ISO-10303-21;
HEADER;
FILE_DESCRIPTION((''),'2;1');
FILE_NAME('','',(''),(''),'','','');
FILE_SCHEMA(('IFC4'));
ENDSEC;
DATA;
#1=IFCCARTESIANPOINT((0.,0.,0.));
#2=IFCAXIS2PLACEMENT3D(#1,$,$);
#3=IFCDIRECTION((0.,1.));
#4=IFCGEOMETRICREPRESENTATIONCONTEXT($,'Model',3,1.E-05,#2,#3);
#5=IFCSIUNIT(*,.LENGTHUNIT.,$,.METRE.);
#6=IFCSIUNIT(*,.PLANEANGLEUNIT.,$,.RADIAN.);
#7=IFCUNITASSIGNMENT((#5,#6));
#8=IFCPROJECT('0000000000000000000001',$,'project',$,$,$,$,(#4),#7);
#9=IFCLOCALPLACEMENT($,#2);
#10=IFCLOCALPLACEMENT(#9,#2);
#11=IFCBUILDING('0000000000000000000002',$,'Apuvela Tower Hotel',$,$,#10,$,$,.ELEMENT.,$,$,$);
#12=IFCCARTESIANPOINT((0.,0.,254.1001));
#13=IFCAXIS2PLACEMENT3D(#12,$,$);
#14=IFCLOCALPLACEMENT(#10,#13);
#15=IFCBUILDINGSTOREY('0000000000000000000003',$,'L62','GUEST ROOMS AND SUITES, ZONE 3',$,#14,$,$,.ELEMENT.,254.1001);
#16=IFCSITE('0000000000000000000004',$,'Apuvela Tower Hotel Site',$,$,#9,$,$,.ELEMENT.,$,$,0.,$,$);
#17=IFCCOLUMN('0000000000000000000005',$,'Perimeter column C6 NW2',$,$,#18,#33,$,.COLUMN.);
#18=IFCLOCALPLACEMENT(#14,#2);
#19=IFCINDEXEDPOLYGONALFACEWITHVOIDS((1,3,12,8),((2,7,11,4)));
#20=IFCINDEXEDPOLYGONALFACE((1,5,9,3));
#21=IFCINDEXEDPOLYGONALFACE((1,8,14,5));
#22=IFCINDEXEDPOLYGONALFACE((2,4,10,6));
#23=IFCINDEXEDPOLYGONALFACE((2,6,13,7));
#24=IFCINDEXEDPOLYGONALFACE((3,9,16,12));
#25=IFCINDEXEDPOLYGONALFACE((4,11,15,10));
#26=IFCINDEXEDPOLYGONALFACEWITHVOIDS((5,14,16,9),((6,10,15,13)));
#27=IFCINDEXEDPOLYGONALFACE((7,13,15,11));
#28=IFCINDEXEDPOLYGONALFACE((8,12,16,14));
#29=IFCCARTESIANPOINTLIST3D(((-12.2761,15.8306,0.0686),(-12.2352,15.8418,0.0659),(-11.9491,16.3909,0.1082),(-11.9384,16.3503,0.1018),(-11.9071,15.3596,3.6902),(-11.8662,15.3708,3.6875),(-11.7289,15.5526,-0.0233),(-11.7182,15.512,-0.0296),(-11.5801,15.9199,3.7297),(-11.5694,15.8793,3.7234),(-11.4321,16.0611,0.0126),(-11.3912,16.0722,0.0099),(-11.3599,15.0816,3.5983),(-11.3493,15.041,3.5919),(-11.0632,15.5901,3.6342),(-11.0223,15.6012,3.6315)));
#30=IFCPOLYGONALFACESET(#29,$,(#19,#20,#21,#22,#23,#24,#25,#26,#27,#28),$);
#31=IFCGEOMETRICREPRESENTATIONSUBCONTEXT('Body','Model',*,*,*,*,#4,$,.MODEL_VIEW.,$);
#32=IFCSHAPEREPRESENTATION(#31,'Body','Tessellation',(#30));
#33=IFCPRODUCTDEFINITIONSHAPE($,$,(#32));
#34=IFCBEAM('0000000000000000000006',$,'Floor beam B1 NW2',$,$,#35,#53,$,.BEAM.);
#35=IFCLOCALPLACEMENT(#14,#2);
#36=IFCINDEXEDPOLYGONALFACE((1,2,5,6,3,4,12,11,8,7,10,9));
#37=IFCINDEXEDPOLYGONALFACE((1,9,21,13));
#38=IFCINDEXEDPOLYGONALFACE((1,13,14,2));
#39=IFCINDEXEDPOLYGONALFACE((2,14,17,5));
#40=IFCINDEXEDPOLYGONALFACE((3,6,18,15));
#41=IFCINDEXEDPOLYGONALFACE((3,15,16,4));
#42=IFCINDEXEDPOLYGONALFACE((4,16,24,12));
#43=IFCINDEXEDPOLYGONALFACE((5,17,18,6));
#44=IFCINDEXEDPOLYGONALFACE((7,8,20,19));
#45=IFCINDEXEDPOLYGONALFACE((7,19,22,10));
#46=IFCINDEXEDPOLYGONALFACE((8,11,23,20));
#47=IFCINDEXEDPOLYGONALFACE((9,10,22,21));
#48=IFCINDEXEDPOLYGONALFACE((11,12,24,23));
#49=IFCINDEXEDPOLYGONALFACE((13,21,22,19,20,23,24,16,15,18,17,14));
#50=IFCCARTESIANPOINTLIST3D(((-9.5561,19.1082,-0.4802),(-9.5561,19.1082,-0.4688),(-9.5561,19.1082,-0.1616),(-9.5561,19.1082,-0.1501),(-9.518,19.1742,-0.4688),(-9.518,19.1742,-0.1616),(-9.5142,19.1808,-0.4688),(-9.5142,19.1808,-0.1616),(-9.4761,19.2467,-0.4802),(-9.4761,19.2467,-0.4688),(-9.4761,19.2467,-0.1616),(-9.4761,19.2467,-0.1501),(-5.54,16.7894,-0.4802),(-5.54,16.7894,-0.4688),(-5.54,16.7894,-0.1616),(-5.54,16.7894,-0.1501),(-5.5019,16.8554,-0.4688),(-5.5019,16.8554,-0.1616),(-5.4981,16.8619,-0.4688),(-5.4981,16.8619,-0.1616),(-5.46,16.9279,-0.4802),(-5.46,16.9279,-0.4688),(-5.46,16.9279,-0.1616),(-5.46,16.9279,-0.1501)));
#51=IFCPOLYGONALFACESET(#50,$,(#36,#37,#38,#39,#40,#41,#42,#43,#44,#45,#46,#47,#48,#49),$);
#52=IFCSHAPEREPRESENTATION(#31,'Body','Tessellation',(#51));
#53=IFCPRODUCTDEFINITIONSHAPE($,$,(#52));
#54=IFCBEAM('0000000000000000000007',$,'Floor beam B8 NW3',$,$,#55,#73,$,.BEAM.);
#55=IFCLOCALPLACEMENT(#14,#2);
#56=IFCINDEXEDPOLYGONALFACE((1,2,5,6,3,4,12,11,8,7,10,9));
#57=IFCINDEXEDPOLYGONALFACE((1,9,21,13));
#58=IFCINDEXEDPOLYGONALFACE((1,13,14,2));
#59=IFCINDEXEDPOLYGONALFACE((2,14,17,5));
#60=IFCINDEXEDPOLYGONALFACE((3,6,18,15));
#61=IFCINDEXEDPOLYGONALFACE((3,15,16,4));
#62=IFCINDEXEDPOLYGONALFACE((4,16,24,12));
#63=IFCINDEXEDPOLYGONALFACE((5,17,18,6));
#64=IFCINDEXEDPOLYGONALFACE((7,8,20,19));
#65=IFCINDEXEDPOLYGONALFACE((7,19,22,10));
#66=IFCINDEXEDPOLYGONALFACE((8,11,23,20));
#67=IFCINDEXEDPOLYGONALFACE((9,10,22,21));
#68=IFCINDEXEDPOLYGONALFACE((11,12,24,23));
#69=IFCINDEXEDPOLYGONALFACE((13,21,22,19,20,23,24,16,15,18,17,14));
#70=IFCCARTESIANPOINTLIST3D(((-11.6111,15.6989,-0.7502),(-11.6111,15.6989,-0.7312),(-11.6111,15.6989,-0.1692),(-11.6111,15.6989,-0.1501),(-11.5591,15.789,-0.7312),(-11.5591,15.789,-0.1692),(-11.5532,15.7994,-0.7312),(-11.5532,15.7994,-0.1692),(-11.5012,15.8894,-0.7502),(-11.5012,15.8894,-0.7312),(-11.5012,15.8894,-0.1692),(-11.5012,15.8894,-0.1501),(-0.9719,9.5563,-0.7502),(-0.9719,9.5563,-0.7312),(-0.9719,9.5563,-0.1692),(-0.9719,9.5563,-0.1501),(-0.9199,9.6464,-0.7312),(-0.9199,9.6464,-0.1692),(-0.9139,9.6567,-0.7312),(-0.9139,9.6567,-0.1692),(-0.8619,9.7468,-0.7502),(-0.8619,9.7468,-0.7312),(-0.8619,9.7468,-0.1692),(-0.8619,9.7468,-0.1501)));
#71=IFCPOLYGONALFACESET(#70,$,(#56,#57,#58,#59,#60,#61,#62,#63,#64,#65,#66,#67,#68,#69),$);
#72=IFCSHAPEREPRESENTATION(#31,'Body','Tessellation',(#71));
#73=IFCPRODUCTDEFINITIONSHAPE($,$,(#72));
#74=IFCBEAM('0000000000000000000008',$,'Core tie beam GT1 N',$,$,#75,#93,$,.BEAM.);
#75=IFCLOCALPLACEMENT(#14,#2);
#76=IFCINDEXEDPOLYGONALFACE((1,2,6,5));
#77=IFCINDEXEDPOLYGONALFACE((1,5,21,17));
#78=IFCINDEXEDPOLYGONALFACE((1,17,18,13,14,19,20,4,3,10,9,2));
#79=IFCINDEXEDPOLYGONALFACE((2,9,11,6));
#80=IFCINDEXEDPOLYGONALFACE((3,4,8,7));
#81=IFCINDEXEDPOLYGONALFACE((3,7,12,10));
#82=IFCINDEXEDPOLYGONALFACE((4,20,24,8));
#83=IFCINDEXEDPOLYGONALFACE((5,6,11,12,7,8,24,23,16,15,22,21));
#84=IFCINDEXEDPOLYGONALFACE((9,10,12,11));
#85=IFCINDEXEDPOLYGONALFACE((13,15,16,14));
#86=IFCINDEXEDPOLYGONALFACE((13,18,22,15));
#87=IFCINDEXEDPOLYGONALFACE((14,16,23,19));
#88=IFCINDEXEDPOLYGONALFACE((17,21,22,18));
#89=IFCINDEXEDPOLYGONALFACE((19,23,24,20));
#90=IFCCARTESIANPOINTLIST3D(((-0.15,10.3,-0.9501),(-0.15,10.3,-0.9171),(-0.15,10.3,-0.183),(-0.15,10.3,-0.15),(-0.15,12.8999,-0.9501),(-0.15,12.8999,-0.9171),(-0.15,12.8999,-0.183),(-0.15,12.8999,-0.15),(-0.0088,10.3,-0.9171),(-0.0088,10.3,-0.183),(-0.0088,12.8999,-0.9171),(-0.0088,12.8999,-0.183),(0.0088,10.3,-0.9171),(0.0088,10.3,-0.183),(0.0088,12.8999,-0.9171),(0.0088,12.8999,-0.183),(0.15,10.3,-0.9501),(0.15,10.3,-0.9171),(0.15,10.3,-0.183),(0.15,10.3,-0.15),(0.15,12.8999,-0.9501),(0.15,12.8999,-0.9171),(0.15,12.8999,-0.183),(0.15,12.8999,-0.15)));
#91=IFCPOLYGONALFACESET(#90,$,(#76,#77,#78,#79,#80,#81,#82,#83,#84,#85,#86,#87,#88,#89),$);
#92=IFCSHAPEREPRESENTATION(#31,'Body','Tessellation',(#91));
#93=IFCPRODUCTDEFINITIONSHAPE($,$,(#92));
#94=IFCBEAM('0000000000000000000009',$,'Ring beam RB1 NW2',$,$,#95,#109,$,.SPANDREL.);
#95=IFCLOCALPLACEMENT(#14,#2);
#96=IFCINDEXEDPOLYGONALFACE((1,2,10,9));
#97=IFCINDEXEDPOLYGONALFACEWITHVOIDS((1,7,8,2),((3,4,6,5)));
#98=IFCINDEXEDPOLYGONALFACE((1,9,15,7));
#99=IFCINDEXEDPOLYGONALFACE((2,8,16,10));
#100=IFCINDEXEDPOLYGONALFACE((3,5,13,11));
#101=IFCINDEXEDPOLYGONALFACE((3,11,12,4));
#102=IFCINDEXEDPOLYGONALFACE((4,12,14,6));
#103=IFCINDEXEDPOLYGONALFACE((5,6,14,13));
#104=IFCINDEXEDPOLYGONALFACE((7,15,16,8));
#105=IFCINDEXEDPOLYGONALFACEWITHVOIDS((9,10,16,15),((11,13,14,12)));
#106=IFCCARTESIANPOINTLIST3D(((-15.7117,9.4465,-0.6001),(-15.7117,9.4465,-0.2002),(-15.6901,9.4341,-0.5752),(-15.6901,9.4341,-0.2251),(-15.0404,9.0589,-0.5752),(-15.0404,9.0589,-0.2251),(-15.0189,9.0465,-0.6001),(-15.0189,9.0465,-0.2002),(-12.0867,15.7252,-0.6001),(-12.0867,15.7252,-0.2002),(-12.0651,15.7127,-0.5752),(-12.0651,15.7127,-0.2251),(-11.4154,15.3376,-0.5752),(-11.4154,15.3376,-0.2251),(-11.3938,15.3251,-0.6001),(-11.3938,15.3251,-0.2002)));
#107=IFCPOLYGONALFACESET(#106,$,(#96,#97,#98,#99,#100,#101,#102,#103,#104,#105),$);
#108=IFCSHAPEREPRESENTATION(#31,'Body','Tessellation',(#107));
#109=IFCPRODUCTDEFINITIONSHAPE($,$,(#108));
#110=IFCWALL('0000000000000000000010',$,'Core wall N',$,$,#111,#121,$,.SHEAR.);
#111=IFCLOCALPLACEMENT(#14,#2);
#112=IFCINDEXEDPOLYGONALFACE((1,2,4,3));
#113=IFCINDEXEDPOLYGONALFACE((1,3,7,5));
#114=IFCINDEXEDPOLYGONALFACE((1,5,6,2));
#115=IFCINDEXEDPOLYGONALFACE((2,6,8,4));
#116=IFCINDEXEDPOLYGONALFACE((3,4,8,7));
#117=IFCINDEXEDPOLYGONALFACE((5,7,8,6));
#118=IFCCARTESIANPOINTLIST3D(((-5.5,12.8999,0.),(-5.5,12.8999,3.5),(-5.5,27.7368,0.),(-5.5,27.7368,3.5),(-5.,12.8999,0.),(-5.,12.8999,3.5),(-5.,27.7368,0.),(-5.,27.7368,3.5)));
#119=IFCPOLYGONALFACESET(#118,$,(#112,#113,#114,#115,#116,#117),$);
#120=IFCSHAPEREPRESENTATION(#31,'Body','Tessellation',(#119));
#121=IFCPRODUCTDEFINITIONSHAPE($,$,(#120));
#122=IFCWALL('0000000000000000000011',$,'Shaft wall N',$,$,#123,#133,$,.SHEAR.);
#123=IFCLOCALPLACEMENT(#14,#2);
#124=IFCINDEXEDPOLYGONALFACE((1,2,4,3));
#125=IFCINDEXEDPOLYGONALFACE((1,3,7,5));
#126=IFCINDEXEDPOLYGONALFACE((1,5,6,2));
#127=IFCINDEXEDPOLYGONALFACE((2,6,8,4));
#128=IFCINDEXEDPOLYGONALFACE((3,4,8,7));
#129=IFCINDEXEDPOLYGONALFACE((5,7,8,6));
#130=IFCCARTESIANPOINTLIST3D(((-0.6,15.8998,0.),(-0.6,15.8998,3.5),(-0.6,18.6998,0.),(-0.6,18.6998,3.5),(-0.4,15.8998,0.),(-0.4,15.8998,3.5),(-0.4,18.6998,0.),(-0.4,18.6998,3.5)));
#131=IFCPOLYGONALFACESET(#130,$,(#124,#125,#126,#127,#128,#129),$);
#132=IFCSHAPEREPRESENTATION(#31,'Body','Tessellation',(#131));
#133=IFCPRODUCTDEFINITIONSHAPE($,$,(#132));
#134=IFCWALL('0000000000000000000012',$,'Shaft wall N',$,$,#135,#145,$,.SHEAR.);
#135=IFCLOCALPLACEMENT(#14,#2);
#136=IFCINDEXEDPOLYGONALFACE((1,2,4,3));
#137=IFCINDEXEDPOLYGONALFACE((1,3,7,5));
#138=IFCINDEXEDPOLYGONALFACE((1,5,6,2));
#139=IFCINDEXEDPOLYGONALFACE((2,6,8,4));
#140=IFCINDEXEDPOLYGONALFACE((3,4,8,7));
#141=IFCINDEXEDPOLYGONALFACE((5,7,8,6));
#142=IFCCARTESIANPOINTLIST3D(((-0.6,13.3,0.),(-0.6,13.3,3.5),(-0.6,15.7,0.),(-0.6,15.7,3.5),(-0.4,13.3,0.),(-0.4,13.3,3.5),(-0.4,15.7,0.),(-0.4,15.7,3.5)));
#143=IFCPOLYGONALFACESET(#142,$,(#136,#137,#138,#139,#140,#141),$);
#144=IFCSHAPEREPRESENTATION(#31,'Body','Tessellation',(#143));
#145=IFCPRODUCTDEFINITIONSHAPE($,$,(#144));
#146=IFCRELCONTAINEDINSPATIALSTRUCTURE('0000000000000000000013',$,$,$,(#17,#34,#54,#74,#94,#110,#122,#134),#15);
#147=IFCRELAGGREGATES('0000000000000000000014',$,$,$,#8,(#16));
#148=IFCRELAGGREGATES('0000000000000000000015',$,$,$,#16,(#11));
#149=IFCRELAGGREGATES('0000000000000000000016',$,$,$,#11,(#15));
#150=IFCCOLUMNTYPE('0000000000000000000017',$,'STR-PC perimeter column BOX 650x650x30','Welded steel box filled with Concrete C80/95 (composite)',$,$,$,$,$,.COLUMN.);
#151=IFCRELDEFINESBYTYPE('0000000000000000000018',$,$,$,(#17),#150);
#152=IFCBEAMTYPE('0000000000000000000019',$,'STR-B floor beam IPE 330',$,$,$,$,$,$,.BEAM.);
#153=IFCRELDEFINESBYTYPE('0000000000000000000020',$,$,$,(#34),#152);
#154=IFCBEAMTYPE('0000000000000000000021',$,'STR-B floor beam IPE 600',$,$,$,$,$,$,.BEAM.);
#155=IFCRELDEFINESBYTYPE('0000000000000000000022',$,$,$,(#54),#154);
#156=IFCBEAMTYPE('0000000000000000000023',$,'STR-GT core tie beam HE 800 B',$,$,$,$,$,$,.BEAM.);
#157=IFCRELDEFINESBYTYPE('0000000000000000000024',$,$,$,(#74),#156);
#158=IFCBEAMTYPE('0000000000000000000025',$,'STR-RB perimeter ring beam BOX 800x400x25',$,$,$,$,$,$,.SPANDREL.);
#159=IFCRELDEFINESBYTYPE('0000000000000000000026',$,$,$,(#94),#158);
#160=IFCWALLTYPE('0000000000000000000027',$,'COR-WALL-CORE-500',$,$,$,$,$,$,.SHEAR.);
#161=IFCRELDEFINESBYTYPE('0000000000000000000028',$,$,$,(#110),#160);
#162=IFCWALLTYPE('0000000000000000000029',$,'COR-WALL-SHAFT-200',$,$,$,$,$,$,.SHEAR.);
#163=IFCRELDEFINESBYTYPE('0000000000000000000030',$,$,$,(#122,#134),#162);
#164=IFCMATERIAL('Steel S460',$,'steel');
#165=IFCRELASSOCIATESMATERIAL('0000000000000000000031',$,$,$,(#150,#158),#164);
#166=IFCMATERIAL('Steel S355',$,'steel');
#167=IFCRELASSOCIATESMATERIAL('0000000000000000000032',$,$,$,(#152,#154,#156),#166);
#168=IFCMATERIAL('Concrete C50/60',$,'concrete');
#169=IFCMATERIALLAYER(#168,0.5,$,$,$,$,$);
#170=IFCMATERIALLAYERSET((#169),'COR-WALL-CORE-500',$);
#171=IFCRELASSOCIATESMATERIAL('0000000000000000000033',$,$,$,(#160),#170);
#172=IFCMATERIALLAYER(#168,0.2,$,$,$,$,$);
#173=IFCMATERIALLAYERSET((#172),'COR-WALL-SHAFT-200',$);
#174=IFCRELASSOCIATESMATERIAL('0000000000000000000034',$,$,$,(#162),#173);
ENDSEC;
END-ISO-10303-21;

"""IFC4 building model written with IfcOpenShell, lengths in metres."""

from ifc_helpers import new_model, si_unit, direction, frame, frame_2d, origin, origin_2d, place, context, subcontext, project, spatial, rectangle, hollow_rectangle, i_section, extrude, boolean, halfspace, material, layer, layer_set, material_profile, profile_set, type_object, element, save


model = new_model("IFC4")

# Units and contexts
model_context = context("Model", 3, precision=1e-05, world=origin(), true_north=direction((0.0, 1.0)))
body_context = subcontext(model_context, "Body", "Model", "MODEL_VIEW")
ifc_project = project(units=[si_unit("LENGTHUNIT", "METRE"), si_unit("PLANEANGLEUNIT", "RADIAN")], contexts=[model_context])

# Site, building, storey
site_placement = place(None, origin())
site = spatial("IfcSite", under=ifc_project, at=site_placement, Name="Apuvela Tower Hotel Site", CompositionType="ELEMENT", RefElevation=0.0)
building_placement = place(site_placement, origin())
building = spatial("IfcBuilding", under=site, at=building_placement, Name="Apuvela Tower Hotel", CompositionType="ELEMENT")
storey_placement = place(building_placement, frame((0.0, 0.0, 254.1001)))
storey = spatial("IfcBuildingStorey", under=building, at=storey_placement, Name="L62", Description="GUEST ROOMS AND SUITES, ZONE 3", CompositionType="ELEMENT", Elevation=254.1001)

# Column
ifc_material_1 = material(Name="Steel S460", Category="steel")
ifc_material_profile_1 = material_profile(ifc_material_1, hollow_rectangle(XDim=0.6499, YDim=0.6499, WallThickness=0.03, at=origin_2d()), Name="BOX 650x650x30")
ifc_material_2 = material(Name="Concrete C80/95", Category="concrete")
ifc_material_profile_2 = material_profile(ifc_material_2, rectangle(XDim=0.5901, YDim=0.5901, at=origin_2d()), Name="Concrete C80/95 infill")
ifc_profile_set_1 = profile_set([ifc_material_profile_1, ifc_material_profile_2], Name="Steel S460")
column_type = type_object("IfcColumnType", Name="STR-PC perimeter column BOX 650x650x30", Description="Welded steel box filled with Concrete C80/95 (composite)", PredefinedType="COLUMN", material=ifc_profile_set_1)
column_placement = place(storey_placement, frame((-11.8376, 15.9565, 0.0), z_axis=(0.100518, -0.128317, 0.986626), x_axis=(0.503129, 0.862066, 0.060858)))
element("IfcColumn", 1, at=column_placement, inside=storey, type_object=column_type, Name="Perimeter column C6 NW2", PredefinedType="COLUMN", context=body_context, shape_type="SweptSolid", body=[
    boolean("DIFFERENCE", boolean("DIFFERENCE", extrude(hollow_rectangle(XDim=0.6499, YDim=0.6499, WallThickness=0.03, at=origin_2d()), origin(), (0.0, 0.0, 1.0), 3.75), halfspace(frame((0.0, 0.0, 0.0398), z_axis=(0.0, 0.0, 1.0), x_axis=(1.0, 0.0, 0.0)), True)), halfspace(frame((0.0, 0.0, 3.7104), z_axis=(0.0, 0.0, 1.0), x_axis=(1.0, 0.0, 0.0)), False)),
])

# Beams
ifc_material_3 = material(Name="Steel S355", Category="steel")
ifc_material_profile_3 = material_profile(ifc_material_3, i_section(OverallWidth=0.1599, OverallDepth=0.3301, WebThickness=0.0076, FlangeThickness=0.0115, at=origin_2d()), Name="IPE 330")
ifc_profile_set_2 = profile_set([ifc_material_profile_3], Name="Steel S355")
beam_type_1 = type_object("IfcBeamType", Name="STR-B floor beam IPE 330", PredefinedType="BEAM", material=ifc_profile_set_2)
beam_1_placement = place(storey_placement, frame((-9.5161, 19.1775, -0.3152), z_axis=(0.866012, -0.500023, 0.0), x_axis=(0.500023, 0.866012, 0.0)))
element("IfcBeam", 2, at=beam_1_placement, inside=storey, type_object=beam_type_1, Name="Floor beam B1 NW2", PredefinedType="BEAM", context=body_context, shape_type="SweptSolid", body=[
    extrude(i_section(OverallWidth=0.1599, OverallDepth=0.3301, WebThickness=0.0076, FlangeThickness=0.0115, at=origin_2d()), origin(), (0.0, 0.0, 1.0), 4.6375),
])
ifc_material_profile_4 = material_profile(ifc_material_3, i_section(OverallWidth=0.22, OverallDepth=0.6001, WebThickness=0.012, FlangeThickness=0.019, at=origin_2d()), Name="IPE 600")
ifc_profile_set_3 = profile_set([ifc_material_profile_4], Name="Steel S355")
beam_type_2 = type_object("IfcBeamType", Name="STR-B floor beam IPE 600", PredefinedType="BEAM", material=ifc_profile_set_3)
beam_2_placement = place(storey_placement, frame((-11.5562, 15.7942, -0.4502), z_axis=(0.866023, -0.500003, 0.0), x_axis=(0.500003, 0.866023, 0.0)))
element("IfcBeam", 3, at=beam_2_placement, inside=storey, type_object=beam_type_2, Name="Floor beam B8 NW3", PredefinedType="BEAM", context=body_context, shape_type="SweptSolid", body=[
    extrude(i_section(OverallWidth=0.22, OverallDepth=0.6001, WebThickness=0.012, FlangeThickness=0.019, at=origin_2d()), origin(), (0.0, 0.0, 1.0), 12.2852),
])
ifc_material_profile_5 = material_profile(ifc_material_3, i_section(OverallWidth=0.3, OverallDepth=0.8, WebThickness=0.0176, FlangeThickness=0.033, at=origin_2d()), Name="HE 800 B")
ifc_profile_set_4 = profile_set([ifc_material_profile_5], Name="Steel S355")
beam_type_3 = type_object("IfcBeamType", Name="STR-GT core tie beam HE 800 B", PredefinedType="BEAM", material=ifc_profile_set_4)
beam_3_placement = place(storey_placement, frame((0.0, 12.8999, -0.55), z_axis=(0.0, -1.0, 0.0), x_axis=(1.0, 0.0, 0.0)))
element("IfcBeam", 4, at=beam_3_placement, inside=storey, type_object=beam_type_3, Name="Core tie beam GT1 N", PredefinedType="BEAM", context=body_context, shape_type="SweptSolid", body=[
    extrude(i_section(OverallWidth=0.3, OverallDepth=0.8, WebThickness=0.0176, FlangeThickness=0.033, at=origin_2d()), origin(), (0.0, 0.0, 1.0), 2.5999),
])
ifc_material_profile_6 = material_profile(ifc_material_1, hollow_rectangle(XDim=0.8, YDim=0.3999, WallThickness=0.0249, at=origin_2d()), Name="BOX 800x400x25")
ifc_profile_set_5 = profile_set([ifc_material_profile_6], Name="Steel S460")
beam_type_4 = type_object("IfcBeamType", Name="STR-RB perimeter ring beam BOX 800x400x25", PredefinedType="SPANDREL", material=ifc_profile_set_5)
beam_4_placement = place(storey_placement, frame((-11.7402, 15.5251, -0.4001), z_axis=(-0.500007, -0.866021, 0.0), x_axis=(0.866021, -0.500007, 0.0)))
element("IfcBeam", 5, at=beam_4_placement, inside=storey, type_object=beam_type_4, Name="Ring beam RB1 NW2", PredefinedType="SPANDREL", context=body_context, shape_type="SweptSolid", body=[
    extrude(hollow_rectangle(XDim=0.8, YDim=0.3999, WallThickness=0.0249, at=origin_2d()), origin(), (0.0, 0.0, 1.0), 7.25),
])

# Walls
ifc_material_4 = material(Name="Concrete C50/60", Category="concrete")
ifc_layer_1 = layer(ifc_material_4, 0.5)
ifc_layer_set_1 = layer_set([ifc_layer_1], Name="COR-WALL-CORE-500")
wall_type_1 = type_object("IfcWallType", Name="COR-WALL-CORE-500", PredefinedType="SHEAR", material=ifc_layer_set_1)
wall_1_placement = place(storey_placement, frame((-5.25, 12.8999, 0.0), z_axis=(0.0, 0.0, 1.0), x_axis=(0.0, 1.0, 0.0)))
element("IfcWall", 6, at=wall_1_placement, inside=storey, type_object=wall_type_1, Name="Core wall N", PredefinedType="SHEAR", context=body_context, shape_type="SweptSolid", body=[
    extrude(rectangle(XDim=14.8369, YDim=0.5, at=frame_2d((7.4185, 0.0))), origin(), (0.0, 0.0, 1.0), 3.5),
])
ifc_layer_2 = layer(ifc_material_4, 0.2)
ifc_layer_set_2 = layer_set([ifc_layer_2], Name="COR-WALL-SHAFT-200")
wall_type_2 = type_object("IfcWallType", Name="COR-WALL-SHAFT-200", PredefinedType="SHEAR", material=ifc_layer_set_2)
wall_2_placement = place(storey_placement, frame((-0.5, 15.8999, 0.0), z_axis=(0.0, 0.0, 1.0), x_axis=(0.0, 1.0, 0.0)))
element("IfcWall", 7, at=wall_2_placement, inside=storey, type_object=wall_type_2, Name="Shaft wall N", PredefinedType="SHEAR", context=body_context, shape_type="SweptSolid", body=[
    extrude(rectangle(XDim=2.8, YDim=0.2, at=frame_2d((1.3999, 0.0))), origin(), (0.0, 0.0, 1.0), 3.5),
])
wall_3_placement = place(storey_placement, frame((-0.5, 13.3, 0.0), z_axis=(0.0, 0.0, 1.0), x_axis=(0.0, 1.0, 0.0)))
element("IfcWall", 8, at=wall_3_placement, inside=storey, type_object=wall_type_2, Name="Shaft wall N", PredefinedType="SHEAR", context=body_context, shape_type="SweptSolid", body=[
    extrude(rectangle(XDim=2.3999, YDim=0.2, at=frame_2d((1.2, 0.0))), origin(), (0.0, 0.0, 1.0), 3.5),
])

save(model, "model.ifc")
